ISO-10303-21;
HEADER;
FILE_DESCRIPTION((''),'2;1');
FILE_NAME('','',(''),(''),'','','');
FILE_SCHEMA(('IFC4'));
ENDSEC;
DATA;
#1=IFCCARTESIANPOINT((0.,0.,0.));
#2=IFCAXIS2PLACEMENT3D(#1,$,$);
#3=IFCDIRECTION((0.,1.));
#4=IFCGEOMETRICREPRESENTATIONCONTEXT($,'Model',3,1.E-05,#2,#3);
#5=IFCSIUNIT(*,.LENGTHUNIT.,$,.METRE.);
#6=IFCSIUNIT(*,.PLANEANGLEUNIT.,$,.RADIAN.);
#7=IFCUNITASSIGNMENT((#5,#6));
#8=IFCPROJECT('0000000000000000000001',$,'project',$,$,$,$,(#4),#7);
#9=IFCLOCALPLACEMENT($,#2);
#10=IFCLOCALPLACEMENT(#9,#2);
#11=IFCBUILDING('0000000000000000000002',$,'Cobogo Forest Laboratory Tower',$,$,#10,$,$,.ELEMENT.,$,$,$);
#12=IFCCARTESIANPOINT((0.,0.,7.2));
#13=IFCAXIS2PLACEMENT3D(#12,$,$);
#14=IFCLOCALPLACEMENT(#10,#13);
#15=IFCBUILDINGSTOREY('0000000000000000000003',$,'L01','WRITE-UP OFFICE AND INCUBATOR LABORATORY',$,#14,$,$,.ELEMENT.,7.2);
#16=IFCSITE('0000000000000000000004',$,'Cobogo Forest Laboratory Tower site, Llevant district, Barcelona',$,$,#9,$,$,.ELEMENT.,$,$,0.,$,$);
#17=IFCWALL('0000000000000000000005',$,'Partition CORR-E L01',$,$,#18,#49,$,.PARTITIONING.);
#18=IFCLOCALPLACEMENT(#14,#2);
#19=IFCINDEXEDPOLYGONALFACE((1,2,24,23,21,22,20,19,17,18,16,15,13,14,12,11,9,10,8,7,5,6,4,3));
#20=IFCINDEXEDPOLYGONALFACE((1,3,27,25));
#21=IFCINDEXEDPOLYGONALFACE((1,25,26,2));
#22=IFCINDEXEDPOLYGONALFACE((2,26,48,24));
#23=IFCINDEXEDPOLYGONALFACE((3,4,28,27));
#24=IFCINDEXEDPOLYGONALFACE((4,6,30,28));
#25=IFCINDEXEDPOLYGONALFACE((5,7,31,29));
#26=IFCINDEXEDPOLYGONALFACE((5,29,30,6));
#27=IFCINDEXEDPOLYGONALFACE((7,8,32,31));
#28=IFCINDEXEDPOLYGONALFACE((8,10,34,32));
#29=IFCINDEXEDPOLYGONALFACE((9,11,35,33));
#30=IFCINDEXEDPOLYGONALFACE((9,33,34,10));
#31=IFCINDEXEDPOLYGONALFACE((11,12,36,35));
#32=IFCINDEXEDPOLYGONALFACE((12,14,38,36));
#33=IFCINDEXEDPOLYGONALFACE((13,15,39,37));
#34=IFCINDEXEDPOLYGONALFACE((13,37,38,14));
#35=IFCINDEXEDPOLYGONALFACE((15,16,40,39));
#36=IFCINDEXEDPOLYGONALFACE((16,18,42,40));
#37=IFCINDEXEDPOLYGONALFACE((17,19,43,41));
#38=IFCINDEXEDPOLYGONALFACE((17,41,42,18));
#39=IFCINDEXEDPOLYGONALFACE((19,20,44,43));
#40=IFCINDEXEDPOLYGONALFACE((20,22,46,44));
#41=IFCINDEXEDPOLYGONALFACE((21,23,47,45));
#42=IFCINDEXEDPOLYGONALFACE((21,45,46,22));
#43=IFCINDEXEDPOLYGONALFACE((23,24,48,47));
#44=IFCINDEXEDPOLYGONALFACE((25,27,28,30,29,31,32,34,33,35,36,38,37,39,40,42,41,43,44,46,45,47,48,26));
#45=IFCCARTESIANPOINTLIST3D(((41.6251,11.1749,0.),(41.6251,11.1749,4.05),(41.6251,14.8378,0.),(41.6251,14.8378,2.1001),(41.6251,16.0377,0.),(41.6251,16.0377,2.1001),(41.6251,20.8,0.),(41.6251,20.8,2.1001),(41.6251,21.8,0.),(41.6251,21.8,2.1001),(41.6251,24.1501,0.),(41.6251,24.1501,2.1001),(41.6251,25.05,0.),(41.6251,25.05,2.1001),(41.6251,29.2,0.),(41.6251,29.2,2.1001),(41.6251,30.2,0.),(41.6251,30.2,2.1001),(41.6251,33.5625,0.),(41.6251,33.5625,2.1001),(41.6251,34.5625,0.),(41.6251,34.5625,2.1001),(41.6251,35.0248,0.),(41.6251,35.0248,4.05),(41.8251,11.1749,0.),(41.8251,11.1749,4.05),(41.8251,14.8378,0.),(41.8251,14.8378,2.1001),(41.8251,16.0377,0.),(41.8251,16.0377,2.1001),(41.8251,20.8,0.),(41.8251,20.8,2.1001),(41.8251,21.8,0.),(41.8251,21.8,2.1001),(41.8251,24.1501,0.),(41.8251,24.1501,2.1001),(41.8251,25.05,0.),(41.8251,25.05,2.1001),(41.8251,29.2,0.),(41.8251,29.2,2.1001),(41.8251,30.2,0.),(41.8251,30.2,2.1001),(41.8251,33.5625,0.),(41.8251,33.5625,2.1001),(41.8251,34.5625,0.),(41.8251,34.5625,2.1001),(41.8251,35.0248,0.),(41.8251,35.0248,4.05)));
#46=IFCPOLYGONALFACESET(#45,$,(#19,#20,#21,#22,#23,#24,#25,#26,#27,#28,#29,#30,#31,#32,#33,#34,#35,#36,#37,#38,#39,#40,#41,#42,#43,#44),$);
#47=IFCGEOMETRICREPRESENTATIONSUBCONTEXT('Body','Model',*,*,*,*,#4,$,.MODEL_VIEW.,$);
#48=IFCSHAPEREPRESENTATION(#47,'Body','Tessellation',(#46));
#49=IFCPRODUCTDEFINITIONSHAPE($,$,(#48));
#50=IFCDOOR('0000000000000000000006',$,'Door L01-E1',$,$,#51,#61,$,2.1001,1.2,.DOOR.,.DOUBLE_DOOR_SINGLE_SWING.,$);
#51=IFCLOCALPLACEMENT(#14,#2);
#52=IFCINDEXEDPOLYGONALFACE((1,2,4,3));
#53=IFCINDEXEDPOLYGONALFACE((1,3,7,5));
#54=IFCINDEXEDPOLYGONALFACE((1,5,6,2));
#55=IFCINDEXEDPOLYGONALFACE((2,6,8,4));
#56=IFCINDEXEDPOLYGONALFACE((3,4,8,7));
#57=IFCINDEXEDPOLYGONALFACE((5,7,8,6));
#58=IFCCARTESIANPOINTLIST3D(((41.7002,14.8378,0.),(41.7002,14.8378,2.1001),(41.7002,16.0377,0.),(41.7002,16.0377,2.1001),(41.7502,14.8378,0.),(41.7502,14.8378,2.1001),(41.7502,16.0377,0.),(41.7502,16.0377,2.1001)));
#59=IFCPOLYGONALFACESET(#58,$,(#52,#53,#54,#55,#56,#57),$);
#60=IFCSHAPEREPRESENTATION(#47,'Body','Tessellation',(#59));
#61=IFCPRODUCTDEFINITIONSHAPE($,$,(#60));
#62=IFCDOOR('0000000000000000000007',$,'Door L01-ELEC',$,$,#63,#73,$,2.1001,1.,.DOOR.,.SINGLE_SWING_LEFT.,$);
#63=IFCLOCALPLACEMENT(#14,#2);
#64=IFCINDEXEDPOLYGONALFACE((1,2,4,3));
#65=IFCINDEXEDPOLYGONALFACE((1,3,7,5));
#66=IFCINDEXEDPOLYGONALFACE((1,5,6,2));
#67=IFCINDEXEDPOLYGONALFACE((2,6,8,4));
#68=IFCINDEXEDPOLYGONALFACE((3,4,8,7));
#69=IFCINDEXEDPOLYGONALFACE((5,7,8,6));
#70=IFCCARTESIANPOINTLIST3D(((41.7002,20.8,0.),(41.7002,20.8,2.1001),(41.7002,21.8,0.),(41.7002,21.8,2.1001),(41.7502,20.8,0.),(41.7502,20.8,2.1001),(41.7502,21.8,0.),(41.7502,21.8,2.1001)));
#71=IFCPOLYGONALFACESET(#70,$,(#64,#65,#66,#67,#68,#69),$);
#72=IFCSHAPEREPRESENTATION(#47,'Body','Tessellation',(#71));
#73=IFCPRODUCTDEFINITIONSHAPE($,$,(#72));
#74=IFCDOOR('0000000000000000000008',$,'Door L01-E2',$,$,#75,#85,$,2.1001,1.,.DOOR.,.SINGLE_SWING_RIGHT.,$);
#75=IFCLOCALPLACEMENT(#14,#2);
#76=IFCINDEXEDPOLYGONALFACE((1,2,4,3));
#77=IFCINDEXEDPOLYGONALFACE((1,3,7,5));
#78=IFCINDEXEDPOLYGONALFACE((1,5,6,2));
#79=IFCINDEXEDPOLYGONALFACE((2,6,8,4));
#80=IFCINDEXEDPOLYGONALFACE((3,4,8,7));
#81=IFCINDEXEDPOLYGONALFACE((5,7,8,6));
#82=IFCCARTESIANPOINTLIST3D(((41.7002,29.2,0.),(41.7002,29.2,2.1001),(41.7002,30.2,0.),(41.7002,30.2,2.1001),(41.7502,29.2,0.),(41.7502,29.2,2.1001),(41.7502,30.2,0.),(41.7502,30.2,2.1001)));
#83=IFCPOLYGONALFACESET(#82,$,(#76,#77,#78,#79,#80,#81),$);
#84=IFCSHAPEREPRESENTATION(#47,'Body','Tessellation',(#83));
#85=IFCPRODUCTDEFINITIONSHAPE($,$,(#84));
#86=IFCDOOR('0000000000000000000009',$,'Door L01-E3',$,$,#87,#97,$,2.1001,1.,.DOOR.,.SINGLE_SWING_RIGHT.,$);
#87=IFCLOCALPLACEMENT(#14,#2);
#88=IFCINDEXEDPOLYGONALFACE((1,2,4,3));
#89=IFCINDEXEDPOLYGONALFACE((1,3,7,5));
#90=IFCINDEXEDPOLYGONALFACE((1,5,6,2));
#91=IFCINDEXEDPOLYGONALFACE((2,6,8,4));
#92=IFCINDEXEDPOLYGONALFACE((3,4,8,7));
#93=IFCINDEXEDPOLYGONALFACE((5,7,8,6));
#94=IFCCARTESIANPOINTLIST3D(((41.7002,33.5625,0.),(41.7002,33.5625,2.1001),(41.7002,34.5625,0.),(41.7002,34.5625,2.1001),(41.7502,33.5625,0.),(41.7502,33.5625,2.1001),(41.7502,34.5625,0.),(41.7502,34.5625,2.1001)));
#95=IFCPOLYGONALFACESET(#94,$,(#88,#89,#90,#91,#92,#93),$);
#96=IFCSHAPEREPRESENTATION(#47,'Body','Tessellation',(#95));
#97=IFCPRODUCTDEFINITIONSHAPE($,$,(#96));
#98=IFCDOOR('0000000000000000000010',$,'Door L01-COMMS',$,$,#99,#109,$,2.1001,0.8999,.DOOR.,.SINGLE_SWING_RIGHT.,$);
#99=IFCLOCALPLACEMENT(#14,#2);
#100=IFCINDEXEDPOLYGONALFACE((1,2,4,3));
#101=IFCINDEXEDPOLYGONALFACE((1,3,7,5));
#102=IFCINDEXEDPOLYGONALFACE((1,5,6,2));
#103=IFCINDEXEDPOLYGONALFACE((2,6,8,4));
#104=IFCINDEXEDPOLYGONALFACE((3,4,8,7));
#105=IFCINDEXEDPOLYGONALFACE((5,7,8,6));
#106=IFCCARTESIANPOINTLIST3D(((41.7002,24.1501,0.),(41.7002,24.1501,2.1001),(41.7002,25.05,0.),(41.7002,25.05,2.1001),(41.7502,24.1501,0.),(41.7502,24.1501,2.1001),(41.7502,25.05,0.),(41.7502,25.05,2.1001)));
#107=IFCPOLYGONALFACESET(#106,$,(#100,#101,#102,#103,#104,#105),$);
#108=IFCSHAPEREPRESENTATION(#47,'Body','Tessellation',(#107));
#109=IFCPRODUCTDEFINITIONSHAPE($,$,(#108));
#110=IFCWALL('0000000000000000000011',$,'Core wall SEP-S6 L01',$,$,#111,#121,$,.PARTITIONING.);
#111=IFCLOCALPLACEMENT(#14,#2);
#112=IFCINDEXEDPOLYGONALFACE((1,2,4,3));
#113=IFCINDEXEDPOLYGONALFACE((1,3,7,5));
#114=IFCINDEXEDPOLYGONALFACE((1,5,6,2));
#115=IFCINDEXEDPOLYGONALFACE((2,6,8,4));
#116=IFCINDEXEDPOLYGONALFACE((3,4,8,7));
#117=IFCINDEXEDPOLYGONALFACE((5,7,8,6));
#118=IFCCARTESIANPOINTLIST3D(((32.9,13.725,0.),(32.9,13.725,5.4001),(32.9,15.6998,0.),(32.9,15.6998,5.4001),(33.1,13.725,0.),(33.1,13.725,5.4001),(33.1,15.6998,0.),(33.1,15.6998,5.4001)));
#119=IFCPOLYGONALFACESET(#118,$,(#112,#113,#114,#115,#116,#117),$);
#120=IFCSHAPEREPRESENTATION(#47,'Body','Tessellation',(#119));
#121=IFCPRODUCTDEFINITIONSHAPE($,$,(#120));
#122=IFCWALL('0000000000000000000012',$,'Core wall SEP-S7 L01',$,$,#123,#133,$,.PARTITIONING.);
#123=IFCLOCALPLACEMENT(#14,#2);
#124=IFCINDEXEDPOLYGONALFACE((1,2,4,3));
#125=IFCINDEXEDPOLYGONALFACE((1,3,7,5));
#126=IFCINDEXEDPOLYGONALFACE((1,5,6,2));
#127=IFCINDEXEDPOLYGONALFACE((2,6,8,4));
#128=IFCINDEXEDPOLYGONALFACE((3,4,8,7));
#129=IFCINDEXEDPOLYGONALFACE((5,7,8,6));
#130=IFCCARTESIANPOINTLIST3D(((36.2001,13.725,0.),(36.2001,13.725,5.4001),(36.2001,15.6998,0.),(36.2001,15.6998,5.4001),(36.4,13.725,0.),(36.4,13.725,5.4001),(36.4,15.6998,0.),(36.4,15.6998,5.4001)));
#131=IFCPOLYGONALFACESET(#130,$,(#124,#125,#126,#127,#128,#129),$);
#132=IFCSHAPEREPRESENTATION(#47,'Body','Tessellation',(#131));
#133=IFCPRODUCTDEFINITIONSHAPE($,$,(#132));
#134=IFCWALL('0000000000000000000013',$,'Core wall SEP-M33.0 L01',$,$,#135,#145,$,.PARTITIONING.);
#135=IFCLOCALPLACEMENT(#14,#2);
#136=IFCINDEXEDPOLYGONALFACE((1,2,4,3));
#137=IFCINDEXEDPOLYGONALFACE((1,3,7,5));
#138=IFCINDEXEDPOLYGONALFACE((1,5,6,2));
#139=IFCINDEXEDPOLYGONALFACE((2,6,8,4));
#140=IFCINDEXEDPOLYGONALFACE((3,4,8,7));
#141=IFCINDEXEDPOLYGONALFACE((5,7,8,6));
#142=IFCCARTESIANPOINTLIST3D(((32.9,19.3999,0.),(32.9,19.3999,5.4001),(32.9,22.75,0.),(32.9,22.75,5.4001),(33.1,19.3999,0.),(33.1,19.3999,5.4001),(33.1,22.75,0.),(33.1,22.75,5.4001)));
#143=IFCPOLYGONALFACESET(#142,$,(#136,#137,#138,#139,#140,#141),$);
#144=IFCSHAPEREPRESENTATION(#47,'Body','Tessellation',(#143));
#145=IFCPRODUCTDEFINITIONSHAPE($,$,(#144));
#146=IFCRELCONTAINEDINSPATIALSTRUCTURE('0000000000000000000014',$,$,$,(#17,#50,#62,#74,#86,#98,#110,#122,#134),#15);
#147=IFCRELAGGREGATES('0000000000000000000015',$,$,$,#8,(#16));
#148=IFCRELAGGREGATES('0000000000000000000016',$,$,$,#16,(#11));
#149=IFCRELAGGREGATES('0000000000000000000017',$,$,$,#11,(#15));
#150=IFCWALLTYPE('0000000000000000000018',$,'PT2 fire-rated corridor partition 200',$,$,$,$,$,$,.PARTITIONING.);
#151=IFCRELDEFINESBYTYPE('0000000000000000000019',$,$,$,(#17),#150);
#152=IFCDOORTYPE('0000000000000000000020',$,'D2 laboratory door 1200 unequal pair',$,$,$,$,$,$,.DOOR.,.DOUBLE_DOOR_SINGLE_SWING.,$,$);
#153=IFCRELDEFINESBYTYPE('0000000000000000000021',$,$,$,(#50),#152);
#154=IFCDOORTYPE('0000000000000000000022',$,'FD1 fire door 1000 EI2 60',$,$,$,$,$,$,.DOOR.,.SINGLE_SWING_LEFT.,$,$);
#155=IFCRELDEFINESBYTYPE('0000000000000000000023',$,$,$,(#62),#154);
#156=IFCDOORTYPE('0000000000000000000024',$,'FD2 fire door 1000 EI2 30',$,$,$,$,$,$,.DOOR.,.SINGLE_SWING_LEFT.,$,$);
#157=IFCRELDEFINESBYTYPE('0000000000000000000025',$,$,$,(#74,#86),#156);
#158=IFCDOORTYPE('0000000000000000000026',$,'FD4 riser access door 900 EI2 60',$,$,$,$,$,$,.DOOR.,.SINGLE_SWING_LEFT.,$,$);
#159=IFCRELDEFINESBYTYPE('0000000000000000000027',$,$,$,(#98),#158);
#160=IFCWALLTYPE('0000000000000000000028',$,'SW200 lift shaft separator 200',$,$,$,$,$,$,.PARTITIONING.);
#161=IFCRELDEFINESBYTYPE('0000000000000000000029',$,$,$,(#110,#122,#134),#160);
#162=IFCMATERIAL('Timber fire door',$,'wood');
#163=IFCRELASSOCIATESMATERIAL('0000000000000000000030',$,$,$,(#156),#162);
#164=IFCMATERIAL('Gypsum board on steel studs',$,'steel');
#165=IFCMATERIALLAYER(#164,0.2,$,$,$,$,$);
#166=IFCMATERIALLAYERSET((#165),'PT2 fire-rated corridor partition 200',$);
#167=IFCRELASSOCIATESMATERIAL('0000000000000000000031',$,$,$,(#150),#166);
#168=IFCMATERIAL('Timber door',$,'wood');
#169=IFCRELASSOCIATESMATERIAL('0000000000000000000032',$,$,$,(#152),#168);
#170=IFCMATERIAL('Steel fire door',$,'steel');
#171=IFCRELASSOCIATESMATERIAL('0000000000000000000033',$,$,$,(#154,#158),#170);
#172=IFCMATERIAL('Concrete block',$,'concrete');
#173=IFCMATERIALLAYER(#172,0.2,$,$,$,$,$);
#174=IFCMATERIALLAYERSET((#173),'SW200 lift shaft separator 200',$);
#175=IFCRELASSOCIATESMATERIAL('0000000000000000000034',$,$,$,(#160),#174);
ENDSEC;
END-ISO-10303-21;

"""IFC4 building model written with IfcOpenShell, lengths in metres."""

from ifc_helpers import new_model, si_unit, direction, frame, frame_2d, origin, place, context, subcontext, project, spatial, rectangle, extrude, material, layer, layer_set, type_object, element, fill, save


model = new_model("IFC4")

# Units and contexts
model_context = context("Model", 3, precision=1e-05, world=origin(), true_north=direction((0.0, 1.0)))
body_context = subcontext(model_context, "Body", "Model", "MODEL_VIEW")
ifc_project = project(units=[si_unit("LENGTHUNIT", "METRE"), si_unit("PLANEANGLEUNIT", "RADIAN")], contexts=[model_context])

# Site, building, storey
site_placement = place(None, origin())
site = spatial("IfcSite", under=ifc_project, at=site_placement, Name="Cobogo Forest Laboratory Tower site, Llevant district, Barcelona", CompositionType="ELEMENT", RefElevation=0.0)
building_placement = place(site_placement, origin())
building = spatial("IfcBuilding", under=site, at=building_placement, Name="Cobogo Forest Laboratory Tower", CompositionType="ELEMENT")
storey_placement = place(building_placement, frame((0.0, 0.0, 7.2)))
storey = spatial("IfcBuildingStorey", under=building, at=storey_placement, Name="L01", Description="WRITE-UP OFFICE AND INCUBATOR LABORATORY", CompositionType="ELEMENT", Elevation=7.2)

# Shared definitions
ifc_material_1 = material(Name="Steel fire door", Category="steel")

# Shared definitions
ifc_material_2 = material(Name="Gypsum board on steel studs", Category="steel")

# Shared definitions
ifc_material_3 = material(Name="Timber fire door", Category="wood")
door_type_1 = type_object("IfcDoorType", Name="FD2 fire door 1000 EI2 30", OperationType="SINGLE_SWING_LEFT", PredefinedType="DOOR", material=ifc_material_3)

# Wall, openings, doors
ifc_layer_1 = layer(ifc_material_2, 0.2)
ifc_layer_set_1 = layer_set([ifc_layer_1], Name="PT2 fire-rated corridor partition 200")
wall_type_1 = type_object("IfcWallType", Name="PT2 fire-rated corridor partition 200", PredefinedType="PARTITIONING", material=ifc_layer_set_1)
wall_1_placement = place(storey_placement, frame((41.7251, 11.175, 0.0), z_axis=(0.0, 0.0, 1.0), x_axis=(0.0, 1.0, 0.0)))
wall_1 = element("IfcWall", 1, at=wall_1_placement, inside=storey, type_object=wall_type_1, Name="Partition CORR-E L01", PredefinedType="PARTITIONING", context=body_context, shape_type="SweptSolid", body=[
    extrude(rectangle(XDim=23.8499, YDim=0.2, at=frame_2d((11.9248, 0.0))), origin(), (0.0, 0.0, 1.0), 4.05),
])
opening_1_placement = place(wall_1_placement, frame((3.6626, 0.0, 0.0)))
opening_1 = element("IfcOpeningElement", 2, at=opening_1_placement, cuts=wall_1, PredefinedType="OPENING", context=body_context, shape_type="SweptSolid", body=[
    extrude(rectangle(XDim=1.2, YDim=2.1001, at=frame_2d((0.6001, 1.05))), frame((0.0, 0.1099, 0.0), z_axis=(0.0, -1.0, 0.0), x_axis=(1.0, 0.0, 0.0)), (0.0, 0.0, 1.0), 0.22),
])
opening_2_placement = place(wall_1_placement, frame((9.625, 0.0, 0.0)))
opening_2 = element("IfcOpeningElement", 3, at=opening_2_placement, cuts=wall_1, PredefinedType="OPENING", context=body_context, shape_type="SweptSolid", body=[
    extrude(rectangle(XDim=1.0, YDim=2.1001, at=frame_2d((0.5, 1.05))), frame((0.0, 0.1099, 0.0), z_axis=(0.0, -1.0, 0.0), x_axis=(1.0, 0.0, 0.0)), (0.0, 0.0, 1.0), 0.22),
])
opening_3_placement = place(wall_1_placement, frame((12.9751, 0.0, 0.0)))
opening_3 = element("IfcOpeningElement", 4, at=opening_3_placement, cuts=wall_1, PredefinedType="OPENING", context=body_context, shape_type="SweptSolid", body=[
    extrude(rectangle(XDim=0.8999, YDim=2.1001, at=frame_2d((0.45, 1.05))), frame((0.0, 0.1099, 0.0), z_axis=(0.0, -1.0, 0.0), x_axis=(1.0, 0.0, 0.0)), (0.0, 0.0, 1.0), 0.22),
])
opening_4_placement = place(wall_1_placement, frame((18.0249, 0.0, 0.0)))
opening_4 = element("IfcOpeningElement", 5, at=opening_4_placement, cuts=wall_1, PredefinedType="OPENING", context=body_context, shape_type="SweptSolid", body=[
    extrude(rectangle(XDim=1.0, YDim=2.1001, at=frame_2d((0.5, 1.05))), frame((0.0, 0.1099, 0.0), z_axis=(0.0, -1.0, 0.0), x_axis=(1.0, 0.0, 0.0)), (0.0, 0.0, 1.0), 0.22),
])
opening_5_placement = place(wall_1_placement, frame((22.3875, 0.0, 0.0)))
opening_5 = element("IfcOpeningElement", 6, at=opening_5_placement, cuts=wall_1, PredefinedType="OPENING", context=body_context, shape_type="SweptSolid", body=[
    extrude(rectangle(XDim=1.0, YDim=2.1001, at=frame_2d((0.5, 1.05))), frame((0.0, 0.1099, 0.0), z_axis=(0.0, -1.0, 0.0), x_axis=(1.0, 0.0, 0.0)), (0.0, 0.0, 1.0), 0.22),
])
ifc_material_4 = material(Name="Timber door", Category="wood")
door_type_2 = type_object("IfcDoorType", Name="D2 laboratory door 1200 unequal pair", OperationType="DOUBLE_DOOR_SINGLE_SWING", PredefinedType="DOOR", material=ifc_material_4)
door_1_placement = place(opening_1_placement, origin())
door_1 = element("IfcDoor", 7, at=door_1_placement, inside=storey, type_object=door_type_2, Name="Door L01-E1", OperationType="DOUBLE_DOOR_SINGLE_SWING", OverallHeight=2.1001, OverallWidth=1.2, PredefinedType="DOOR", context=body_context, shape_type="SweptSolid", body=[
    extrude(rectangle(XDim=1.2, YDim=2.1001, at=frame_2d((0.6001, 1.05))), frame((0.0, 0.0249, 0.0), z_axis=(0.0, -1.0, 0.0), x_axis=(1.0, 0.0, 0.0)), (0.0, 0.0, 1.0), 0.05),
])
fill(opening_1, door_1)
door_type_3 = type_object("IfcDoorType", Name="FD1 fire door 1000 EI2 60", OperationType="SINGLE_SWING_LEFT", PredefinedType="DOOR", material=ifc_material_1)
door_2_placement = place(opening_2_placement, origin())
door_2 = element("IfcDoor", 8, at=door_2_placement, inside=storey, type_object=door_type_3, Name="Door L01-ELEC", OperationType="SINGLE_SWING_LEFT", OverallHeight=2.1001, OverallWidth=1.0, PredefinedType="DOOR", context=body_context, shape_type="SweptSolid", body=[
    extrude(rectangle(XDim=1.0, YDim=2.1001, at=frame_2d((0.5, 1.05))), frame((0.0, 0.0249, 0.0), z_axis=(0.0, -1.0, 0.0), x_axis=(1.0, 0.0, 0.0)), (0.0, 0.0, 1.0), 0.05),
])
fill(opening_2, door_2)
door_3_placement = place(opening_4_placement, origin())
door_3 = element("IfcDoor", 9, at=door_3_placement, inside=storey, type_object=door_type_1, Name="Door L01-E2", OperationType="SINGLE_SWING_RIGHT", OverallHeight=2.1001, OverallWidth=1.0, PredefinedType="DOOR", context=body_context, shape_type="SweptSolid", body=[
    extrude(rectangle(XDim=1.0, YDim=2.1001, at=frame_2d((0.5, 1.05))), frame((0.0, 0.0249, 0.0), z_axis=(0.0, -1.0, 0.0), x_axis=(1.0, 0.0, 0.0)), (0.0, 0.0, 1.0), 0.05),
])
fill(opening_4, door_3)
door_4_placement = place(opening_5_placement, origin())
door_4 = element("IfcDoor", 10, at=door_4_placement, inside=storey, type_object=door_type_1, Name="Door L01-E3", OperationType="SINGLE_SWING_RIGHT", OverallHeight=2.1001, OverallWidth=1.0, PredefinedType="DOOR", context=body_context, shape_type="SweptSolid", body=[
    extrude(rectangle(XDim=1.0, YDim=2.1001, at=frame_2d((0.5, 1.05))), frame((0.0, 0.0249, 0.0), z_axis=(0.0, -1.0, 0.0), x_axis=(1.0, 0.0, 0.0)), (0.0, 0.0, 1.0), 0.05),
])
fill(opening_5, door_4)
door_type_4 = type_object("IfcDoorType", Name="FD4 riser access door 900 EI2 60", OperationType="SINGLE_SWING_LEFT", PredefinedType="DOOR", material=ifc_material_1)
door_5_placement = place(opening_3_placement, origin())
door_5 = element("IfcDoor", 11, at=door_5_placement, inside=storey, type_object=door_type_4, Name="Door L01-COMMS", OperationType="SINGLE_SWING_RIGHT", OverallHeight=2.1001, OverallWidth=0.8999, PredefinedType="DOOR", context=body_context, shape_type="SweptSolid", body=[
    extrude(rectangle(XDim=0.8999, YDim=2.1001, at=frame_2d((0.45, 1.05))), frame((0.0, 0.0249, 0.0), z_axis=(0.0, -1.0, 0.0), x_axis=(1.0, 0.0, 0.0)), (0.0, 0.0, 1.0), 0.05),
])
fill(opening_3, door_5)

# Walls
ifc_material_5 = material(Name="Concrete block", Category="concrete")
ifc_layer_2 = layer(ifc_material_5, 0.2)
ifc_layer_set_2 = layer_set([ifc_layer_2], Name="SW200 lift shaft separator 200")
wall_type_2 = type_object("IfcWallType", Name="SW200 lift shaft separator 200", PredefinedType="PARTITIONING", material=ifc_layer_set_2)
for number, where, z_axis, x_axis, name in (
    (12, (33.0, 13.7251, 0.0), (0.0, 0.0, 1.0), (0.0, 1.0, 0.0), "Core wall SEP-S6 L01"),
    (13, (36.3, 13.7251, 0.0), (0.0, 0.0, 1.0), (0.0, 1.0, 0.0), "Core wall SEP-S7 L01"),
):
    element("IfcWall", number, at=place(storey_placement, frame(where, z_axis=z_axis, x_axis=x_axis)), inside=storey, type_object=wall_type_2, Name=name, PredefinedType="PARTITIONING", context=body_context, shape_type="SweptSolid", body=[
        extrude(rectangle(XDim=1.9749, YDim=0.2, at=frame_2d((0.9873, 0.0))), origin(), (0.0, 0.0, 1.0), 5.4001),
    ])
wall_2_placement = place(storey_placement, frame((33.0, 19.3999, 0.0), z_axis=(0.0, 0.0, 1.0), x_axis=(0.0, 1.0, 0.0)))
element("IfcWall", 14, at=wall_2_placement, inside=storey, type_object=wall_type_2, Name="Core wall SEP-M33.0 L01", PredefinedType="PARTITIONING", context=body_context, shape_type="SweptSolid", body=[
    extrude(rectangle(XDim=3.3501, YDim=0.2, at=frame_2d((1.675, 0.0))), origin(), (0.0, 0.0, 1.0), 5.4001),
])

save(model, "model.ifc")
